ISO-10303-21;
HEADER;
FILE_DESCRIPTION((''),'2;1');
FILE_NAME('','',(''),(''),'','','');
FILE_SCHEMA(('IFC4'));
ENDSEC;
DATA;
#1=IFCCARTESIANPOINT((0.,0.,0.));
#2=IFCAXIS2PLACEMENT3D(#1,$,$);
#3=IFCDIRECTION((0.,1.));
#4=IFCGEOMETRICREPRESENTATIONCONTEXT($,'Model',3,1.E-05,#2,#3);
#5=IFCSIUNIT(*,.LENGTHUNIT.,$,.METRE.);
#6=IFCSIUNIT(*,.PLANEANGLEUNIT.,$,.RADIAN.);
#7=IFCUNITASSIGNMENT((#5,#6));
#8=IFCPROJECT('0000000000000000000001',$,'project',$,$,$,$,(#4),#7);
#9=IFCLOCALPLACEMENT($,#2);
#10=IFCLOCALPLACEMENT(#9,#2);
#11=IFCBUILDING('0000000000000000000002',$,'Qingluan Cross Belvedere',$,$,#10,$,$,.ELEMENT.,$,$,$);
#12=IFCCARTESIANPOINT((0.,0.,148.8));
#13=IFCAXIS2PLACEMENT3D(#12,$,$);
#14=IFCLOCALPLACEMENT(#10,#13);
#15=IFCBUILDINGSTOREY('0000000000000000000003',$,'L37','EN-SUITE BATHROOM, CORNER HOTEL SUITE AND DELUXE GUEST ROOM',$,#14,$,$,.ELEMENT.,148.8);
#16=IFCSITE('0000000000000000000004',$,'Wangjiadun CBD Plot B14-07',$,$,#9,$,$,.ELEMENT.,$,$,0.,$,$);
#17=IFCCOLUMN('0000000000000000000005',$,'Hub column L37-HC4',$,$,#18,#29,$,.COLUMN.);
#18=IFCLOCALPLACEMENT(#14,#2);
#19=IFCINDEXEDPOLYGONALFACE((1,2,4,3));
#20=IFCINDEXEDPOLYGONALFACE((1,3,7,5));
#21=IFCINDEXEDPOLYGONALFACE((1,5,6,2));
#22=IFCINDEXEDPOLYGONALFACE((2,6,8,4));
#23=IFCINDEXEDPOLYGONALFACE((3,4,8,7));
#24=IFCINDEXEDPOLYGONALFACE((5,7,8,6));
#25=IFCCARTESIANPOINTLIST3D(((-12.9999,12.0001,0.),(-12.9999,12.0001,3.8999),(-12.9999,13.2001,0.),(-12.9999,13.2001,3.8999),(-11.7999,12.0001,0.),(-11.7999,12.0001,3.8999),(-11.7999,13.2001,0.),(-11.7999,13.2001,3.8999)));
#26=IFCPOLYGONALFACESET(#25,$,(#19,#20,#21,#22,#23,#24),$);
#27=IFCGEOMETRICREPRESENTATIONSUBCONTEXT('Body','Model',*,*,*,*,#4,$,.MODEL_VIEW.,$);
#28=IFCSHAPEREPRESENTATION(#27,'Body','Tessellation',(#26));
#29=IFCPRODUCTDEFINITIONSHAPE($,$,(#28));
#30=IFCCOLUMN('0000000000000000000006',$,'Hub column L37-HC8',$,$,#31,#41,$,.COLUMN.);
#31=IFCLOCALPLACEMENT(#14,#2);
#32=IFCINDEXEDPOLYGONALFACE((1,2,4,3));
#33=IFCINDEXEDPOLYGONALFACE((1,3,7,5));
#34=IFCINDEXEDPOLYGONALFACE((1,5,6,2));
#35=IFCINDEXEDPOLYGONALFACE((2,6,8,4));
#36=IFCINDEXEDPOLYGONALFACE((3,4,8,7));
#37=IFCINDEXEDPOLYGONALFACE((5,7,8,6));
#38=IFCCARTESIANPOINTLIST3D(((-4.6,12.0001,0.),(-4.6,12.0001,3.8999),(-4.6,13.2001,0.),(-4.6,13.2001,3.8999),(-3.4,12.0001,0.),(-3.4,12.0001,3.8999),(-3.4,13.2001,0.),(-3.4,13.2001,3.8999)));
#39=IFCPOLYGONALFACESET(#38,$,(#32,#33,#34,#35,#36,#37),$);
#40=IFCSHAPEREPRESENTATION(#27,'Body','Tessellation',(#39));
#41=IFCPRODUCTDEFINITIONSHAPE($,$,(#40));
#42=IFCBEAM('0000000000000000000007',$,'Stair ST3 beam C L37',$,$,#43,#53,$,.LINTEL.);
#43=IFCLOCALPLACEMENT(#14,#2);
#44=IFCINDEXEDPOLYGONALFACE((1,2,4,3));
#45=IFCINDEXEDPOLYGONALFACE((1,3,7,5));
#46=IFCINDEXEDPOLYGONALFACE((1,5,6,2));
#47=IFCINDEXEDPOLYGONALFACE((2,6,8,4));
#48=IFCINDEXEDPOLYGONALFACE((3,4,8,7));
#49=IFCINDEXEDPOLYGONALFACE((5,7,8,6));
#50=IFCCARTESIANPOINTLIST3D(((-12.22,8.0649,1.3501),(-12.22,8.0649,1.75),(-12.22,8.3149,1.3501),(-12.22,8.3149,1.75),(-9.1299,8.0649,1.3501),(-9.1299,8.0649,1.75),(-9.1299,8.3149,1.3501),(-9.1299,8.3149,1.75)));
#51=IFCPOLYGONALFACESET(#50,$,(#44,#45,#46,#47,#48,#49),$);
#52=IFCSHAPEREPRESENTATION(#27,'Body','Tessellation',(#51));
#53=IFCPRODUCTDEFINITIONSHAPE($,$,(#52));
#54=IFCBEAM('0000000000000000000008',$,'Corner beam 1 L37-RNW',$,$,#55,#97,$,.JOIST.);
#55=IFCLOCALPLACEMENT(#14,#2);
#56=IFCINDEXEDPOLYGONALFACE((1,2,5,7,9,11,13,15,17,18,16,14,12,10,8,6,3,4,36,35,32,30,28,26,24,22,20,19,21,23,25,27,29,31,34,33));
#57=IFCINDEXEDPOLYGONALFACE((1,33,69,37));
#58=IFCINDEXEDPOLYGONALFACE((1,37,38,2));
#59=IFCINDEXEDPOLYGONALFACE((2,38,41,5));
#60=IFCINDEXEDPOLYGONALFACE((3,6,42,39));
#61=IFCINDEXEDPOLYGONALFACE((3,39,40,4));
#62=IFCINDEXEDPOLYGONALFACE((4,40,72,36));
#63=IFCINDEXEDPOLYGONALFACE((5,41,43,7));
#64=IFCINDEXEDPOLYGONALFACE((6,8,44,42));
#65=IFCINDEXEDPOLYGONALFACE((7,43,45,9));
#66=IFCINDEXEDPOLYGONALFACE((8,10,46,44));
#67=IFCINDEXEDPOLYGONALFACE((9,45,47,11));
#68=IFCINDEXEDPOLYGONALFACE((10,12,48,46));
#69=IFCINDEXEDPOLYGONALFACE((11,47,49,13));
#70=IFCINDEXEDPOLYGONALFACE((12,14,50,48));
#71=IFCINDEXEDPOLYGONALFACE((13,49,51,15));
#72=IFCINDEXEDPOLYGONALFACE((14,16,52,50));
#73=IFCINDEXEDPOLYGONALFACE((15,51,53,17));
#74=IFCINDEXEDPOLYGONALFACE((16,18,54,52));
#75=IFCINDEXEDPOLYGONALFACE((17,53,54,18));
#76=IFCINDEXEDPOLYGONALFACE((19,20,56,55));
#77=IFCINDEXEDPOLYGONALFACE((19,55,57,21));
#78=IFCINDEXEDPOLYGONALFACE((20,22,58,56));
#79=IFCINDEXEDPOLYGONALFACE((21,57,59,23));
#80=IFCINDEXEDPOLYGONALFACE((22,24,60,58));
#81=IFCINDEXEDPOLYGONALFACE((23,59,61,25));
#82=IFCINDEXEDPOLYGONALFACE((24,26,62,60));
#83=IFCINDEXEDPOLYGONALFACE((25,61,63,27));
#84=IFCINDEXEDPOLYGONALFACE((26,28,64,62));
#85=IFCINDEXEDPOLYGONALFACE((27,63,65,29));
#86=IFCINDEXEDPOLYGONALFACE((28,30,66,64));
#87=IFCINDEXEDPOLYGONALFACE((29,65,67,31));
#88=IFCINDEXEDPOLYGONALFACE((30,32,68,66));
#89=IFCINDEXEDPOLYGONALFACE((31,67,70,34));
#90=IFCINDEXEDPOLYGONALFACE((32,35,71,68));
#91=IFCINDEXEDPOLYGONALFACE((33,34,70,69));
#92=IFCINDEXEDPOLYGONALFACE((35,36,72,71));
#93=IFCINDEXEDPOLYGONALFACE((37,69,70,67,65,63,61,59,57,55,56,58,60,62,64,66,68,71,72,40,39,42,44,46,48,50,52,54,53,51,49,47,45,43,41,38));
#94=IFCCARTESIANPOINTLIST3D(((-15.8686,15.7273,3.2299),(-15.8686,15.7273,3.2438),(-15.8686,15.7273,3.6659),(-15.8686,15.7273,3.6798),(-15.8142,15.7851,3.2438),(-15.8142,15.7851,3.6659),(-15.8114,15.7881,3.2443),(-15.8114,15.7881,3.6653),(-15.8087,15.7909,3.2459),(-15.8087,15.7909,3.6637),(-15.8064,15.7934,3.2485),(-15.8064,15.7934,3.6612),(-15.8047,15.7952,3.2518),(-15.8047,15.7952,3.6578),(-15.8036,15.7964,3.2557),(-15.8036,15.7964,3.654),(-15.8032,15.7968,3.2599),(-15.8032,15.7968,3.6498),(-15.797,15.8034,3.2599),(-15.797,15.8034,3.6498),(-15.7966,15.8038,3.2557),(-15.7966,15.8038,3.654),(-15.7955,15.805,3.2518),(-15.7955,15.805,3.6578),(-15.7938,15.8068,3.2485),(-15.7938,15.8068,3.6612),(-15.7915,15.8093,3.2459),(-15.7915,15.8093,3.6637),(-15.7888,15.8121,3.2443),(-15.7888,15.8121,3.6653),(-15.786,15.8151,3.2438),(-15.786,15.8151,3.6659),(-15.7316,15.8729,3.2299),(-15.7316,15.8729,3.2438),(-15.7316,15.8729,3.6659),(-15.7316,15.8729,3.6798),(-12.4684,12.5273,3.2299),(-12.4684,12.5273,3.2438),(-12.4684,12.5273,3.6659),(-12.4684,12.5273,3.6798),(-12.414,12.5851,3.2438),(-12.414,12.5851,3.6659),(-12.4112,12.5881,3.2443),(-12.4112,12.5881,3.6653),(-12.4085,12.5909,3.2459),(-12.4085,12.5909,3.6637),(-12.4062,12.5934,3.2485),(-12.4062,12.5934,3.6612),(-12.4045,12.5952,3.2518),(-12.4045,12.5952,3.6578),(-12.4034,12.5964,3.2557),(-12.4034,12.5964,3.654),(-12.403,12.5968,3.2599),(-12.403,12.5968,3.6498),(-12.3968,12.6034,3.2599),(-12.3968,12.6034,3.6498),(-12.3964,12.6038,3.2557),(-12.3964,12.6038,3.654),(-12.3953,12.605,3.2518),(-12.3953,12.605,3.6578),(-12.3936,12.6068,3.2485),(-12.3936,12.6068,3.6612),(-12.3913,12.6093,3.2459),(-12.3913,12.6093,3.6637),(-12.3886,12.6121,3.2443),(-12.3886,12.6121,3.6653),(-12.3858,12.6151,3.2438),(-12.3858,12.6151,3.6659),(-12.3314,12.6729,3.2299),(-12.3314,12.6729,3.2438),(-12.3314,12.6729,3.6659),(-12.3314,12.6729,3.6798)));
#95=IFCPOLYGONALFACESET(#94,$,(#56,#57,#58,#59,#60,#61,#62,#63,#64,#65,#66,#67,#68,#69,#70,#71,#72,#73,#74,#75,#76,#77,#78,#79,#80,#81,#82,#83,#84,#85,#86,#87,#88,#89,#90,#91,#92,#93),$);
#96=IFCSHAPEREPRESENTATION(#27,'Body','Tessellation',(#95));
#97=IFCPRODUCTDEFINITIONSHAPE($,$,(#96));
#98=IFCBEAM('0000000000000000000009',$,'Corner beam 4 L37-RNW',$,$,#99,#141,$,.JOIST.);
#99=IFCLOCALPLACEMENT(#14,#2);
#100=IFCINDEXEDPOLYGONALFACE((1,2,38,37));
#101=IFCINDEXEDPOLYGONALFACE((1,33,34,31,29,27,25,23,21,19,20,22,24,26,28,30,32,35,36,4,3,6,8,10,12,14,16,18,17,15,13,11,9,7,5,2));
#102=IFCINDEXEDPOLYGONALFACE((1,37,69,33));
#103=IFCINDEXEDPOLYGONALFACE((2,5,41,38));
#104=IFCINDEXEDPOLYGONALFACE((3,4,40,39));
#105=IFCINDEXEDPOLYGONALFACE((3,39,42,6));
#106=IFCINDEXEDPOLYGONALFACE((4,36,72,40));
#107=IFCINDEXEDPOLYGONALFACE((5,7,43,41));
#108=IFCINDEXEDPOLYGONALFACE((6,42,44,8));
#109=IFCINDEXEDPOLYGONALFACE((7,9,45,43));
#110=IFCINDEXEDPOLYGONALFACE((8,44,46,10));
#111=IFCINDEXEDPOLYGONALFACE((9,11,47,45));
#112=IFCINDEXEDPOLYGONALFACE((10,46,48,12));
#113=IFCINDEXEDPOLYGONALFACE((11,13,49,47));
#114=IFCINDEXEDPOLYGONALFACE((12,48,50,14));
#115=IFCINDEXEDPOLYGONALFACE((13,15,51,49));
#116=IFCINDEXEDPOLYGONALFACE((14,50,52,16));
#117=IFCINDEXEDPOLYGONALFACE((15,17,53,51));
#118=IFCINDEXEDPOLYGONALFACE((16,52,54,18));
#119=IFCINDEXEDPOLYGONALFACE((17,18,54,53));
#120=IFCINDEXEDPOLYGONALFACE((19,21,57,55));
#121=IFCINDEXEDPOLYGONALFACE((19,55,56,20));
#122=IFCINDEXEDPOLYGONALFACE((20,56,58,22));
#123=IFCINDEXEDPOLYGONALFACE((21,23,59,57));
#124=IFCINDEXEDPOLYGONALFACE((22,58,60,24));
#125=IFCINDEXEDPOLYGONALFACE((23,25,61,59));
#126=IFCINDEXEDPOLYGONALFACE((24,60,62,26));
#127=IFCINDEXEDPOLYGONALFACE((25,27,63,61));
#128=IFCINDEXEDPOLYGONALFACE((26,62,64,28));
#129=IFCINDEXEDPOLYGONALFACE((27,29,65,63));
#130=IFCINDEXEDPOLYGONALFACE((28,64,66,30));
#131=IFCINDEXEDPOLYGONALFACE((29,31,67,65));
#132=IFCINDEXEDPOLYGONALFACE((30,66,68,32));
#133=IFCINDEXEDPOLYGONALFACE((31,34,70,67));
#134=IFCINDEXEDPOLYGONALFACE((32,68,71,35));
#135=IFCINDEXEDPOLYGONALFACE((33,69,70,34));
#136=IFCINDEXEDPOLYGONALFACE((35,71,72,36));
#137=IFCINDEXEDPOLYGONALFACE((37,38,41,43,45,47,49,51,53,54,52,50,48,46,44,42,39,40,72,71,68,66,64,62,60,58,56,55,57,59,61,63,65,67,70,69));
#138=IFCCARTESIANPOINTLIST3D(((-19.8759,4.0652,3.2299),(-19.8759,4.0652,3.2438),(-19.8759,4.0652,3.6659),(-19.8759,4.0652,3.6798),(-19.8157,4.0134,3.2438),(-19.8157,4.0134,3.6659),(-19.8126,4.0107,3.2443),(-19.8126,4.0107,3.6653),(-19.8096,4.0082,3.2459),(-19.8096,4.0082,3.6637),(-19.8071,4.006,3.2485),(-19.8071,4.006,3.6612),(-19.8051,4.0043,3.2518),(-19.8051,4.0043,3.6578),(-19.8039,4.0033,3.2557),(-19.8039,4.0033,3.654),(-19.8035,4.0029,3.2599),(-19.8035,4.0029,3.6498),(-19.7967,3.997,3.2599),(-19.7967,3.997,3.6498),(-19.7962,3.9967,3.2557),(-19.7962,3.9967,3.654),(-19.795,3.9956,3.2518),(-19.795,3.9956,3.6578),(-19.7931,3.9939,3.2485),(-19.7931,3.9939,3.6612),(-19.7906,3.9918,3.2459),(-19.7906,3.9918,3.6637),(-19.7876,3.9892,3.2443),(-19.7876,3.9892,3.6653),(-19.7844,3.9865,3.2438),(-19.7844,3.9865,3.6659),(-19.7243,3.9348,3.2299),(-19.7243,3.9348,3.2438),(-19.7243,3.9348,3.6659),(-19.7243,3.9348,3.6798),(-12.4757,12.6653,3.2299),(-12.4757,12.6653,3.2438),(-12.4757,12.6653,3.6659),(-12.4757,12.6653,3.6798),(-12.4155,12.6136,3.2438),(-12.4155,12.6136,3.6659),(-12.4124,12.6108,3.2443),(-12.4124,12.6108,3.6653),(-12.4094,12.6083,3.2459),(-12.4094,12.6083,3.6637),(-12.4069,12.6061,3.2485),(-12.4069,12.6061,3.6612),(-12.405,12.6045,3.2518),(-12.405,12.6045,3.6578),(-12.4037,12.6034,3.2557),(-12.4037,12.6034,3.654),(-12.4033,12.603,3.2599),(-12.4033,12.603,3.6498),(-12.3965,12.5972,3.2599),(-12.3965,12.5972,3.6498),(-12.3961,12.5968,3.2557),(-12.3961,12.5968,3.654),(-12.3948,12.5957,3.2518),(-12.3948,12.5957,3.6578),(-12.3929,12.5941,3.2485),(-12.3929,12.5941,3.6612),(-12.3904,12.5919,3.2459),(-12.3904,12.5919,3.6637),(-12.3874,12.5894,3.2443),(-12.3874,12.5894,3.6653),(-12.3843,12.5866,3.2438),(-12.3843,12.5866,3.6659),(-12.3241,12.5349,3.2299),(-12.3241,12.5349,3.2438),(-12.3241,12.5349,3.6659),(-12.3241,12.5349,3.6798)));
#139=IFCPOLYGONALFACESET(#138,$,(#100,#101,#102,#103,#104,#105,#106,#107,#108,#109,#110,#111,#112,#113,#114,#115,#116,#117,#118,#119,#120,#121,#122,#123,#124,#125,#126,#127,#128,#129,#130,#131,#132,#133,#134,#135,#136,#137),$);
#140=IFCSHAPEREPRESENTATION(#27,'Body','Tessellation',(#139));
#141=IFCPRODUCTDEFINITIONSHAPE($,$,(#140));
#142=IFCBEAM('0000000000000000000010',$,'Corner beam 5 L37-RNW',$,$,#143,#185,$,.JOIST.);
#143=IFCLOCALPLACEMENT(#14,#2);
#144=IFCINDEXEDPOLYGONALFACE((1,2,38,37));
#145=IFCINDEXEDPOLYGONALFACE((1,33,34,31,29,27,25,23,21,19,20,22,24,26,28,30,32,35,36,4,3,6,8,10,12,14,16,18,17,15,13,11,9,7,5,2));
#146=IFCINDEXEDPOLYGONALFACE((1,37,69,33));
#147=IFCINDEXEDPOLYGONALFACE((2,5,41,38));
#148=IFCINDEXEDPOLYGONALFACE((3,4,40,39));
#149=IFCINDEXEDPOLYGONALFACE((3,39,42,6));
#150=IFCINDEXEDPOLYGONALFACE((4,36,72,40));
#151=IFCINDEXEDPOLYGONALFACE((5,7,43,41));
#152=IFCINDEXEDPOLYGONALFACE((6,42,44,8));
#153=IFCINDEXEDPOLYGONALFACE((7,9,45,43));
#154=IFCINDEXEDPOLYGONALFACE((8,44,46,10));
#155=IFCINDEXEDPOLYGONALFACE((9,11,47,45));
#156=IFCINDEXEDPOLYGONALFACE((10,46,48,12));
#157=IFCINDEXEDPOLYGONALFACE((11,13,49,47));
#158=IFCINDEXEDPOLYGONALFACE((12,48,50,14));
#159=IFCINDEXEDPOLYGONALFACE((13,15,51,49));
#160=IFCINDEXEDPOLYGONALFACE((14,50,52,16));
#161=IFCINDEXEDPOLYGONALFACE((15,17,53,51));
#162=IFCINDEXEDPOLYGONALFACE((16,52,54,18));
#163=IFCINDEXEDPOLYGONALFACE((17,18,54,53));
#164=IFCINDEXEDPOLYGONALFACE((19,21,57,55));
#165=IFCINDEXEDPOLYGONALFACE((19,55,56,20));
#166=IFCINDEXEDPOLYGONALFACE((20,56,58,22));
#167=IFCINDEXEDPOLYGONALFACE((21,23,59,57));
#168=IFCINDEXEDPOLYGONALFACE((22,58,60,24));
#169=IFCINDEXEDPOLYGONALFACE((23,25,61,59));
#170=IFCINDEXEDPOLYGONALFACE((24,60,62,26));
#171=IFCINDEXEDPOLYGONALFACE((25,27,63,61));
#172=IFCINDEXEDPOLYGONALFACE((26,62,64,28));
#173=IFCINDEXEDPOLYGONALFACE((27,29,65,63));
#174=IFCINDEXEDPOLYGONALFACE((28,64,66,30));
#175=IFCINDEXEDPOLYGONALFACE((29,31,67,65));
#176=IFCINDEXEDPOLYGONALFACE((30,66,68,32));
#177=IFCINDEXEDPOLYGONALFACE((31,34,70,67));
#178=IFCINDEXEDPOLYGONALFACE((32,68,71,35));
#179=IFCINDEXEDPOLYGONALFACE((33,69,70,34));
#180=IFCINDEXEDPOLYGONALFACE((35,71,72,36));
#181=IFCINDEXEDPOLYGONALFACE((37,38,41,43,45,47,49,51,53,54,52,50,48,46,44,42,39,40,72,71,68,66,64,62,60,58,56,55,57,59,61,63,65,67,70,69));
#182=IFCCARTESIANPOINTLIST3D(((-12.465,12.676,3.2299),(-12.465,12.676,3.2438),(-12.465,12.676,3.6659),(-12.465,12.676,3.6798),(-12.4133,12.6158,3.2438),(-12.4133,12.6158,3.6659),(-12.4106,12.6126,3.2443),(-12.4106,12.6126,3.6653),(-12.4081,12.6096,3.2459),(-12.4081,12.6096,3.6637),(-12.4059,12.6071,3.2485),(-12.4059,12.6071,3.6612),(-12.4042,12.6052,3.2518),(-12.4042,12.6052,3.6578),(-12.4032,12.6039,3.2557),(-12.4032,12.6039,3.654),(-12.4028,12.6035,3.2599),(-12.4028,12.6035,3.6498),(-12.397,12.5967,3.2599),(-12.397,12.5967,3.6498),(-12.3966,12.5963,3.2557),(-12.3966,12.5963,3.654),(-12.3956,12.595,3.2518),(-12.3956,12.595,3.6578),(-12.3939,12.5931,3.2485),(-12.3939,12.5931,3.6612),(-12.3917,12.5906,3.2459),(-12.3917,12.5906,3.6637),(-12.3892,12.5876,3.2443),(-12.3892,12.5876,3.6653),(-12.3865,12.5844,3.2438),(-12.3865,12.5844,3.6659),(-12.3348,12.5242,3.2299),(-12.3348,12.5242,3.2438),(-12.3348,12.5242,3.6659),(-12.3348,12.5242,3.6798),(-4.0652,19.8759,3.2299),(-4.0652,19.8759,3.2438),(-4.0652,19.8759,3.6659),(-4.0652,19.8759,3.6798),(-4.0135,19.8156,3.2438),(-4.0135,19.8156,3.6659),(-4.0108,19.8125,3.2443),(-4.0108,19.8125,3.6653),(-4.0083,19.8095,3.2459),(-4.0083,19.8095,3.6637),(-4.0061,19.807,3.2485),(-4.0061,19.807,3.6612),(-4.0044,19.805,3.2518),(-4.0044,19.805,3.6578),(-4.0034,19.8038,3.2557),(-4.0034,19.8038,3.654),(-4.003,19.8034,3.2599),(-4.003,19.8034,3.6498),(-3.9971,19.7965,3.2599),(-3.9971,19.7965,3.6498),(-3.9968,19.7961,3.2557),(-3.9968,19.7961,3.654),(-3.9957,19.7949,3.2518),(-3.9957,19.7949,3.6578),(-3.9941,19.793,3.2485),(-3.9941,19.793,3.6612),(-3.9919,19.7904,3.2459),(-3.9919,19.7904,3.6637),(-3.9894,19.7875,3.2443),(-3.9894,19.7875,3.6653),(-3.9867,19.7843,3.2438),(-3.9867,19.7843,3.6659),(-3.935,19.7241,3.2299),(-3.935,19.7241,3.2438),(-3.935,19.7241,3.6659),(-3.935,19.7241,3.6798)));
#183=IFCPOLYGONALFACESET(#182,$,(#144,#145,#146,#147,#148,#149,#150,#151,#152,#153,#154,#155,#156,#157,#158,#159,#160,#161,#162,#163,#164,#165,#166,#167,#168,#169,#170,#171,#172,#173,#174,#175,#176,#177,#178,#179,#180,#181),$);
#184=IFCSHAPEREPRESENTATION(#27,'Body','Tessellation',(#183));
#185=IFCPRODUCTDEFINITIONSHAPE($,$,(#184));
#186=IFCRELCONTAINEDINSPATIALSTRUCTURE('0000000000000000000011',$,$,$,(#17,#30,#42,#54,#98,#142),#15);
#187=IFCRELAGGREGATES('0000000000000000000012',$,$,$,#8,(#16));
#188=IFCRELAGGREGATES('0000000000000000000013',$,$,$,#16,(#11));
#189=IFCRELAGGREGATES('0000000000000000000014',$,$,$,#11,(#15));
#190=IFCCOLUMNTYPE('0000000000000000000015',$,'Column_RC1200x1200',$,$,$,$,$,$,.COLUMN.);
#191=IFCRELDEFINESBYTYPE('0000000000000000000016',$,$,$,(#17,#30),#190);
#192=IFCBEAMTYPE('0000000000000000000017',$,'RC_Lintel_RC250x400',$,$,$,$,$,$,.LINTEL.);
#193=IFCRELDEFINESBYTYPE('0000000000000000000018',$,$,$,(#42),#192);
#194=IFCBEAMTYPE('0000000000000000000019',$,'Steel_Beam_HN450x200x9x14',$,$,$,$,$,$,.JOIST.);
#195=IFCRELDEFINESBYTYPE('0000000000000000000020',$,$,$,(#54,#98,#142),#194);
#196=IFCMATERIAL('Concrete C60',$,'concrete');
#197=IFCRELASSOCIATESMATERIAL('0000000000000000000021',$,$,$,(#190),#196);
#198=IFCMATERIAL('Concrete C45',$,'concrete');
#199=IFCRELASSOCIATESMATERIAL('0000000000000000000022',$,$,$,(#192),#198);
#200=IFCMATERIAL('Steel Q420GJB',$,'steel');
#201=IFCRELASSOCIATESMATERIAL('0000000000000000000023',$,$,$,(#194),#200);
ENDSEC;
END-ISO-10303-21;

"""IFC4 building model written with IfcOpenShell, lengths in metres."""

from ifc_helpers import new_model, si_unit, direction, frame, origin, origin_2d, place, context, subcontext, project, spatial, rectangle, i_section, extrude, material, material_profile, profile_set, type_object, element, save


model = new_model("IFC4")

# Units and contexts
model_context = context("Model", 3, precision=1e-05, world=origin(), true_north=direction((0.0, 1.0)))
body_context = subcontext(model_context, "Body", "Model", "MODEL_VIEW")
ifc_project = project(units=[si_unit("LENGTHUNIT", "METRE"), si_unit("PLANEANGLEUNIT", "RADIAN")], contexts=[model_context])

# Site, building, storey
site_placement = place(None, origin())
site = spatial("IfcSite", under=ifc_project, at=site_placement, Name="Wangjiadun CBD Plot B14-07", CompositionType="ELEMENT", RefElevation=0.0)
building_placement = place(site_placement, origin())
building = spatial("IfcBuilding", under=site, at=building_placement, Name="Qingluan Cross Belvedere", CompositionType="ELEMENT")
storey_placement = place(building_placement, frame((0.0, 0.0, 148.8)))
storey = spatial("IfcBuildingStorey", under=building, at=storey_placement, Name="L37", Description="EN-SUITE BATHROOM, CORNER HOTEL SUITE AND DELUXE GUEST ROOM", CompositionType="ELEMENT", Elevation=148.8)

# Columns
ifc_material_1 = material(Name="Concrete C60", Category="concrete")
ifc_material_profile_1 = material_profile(ifc_material_1, rectangle(XDim=1.2, YDim=1.2, at=origin_2d()), Name="RC1200x1200")
ifc_profile_set_1 = profile_set([ifc_material_profile_1], Name="Concrete C60")
column_type = type_object("IfcColumnType", Name="Column_RC1200x1200", PredefinedType="COLUMN", material=ifc_profile_set_1)
for number, where, z_axis, x_axis, name in (
    (1, (-12.3999, 12.6001, 0.0), (0.0, 0.0, 1.0), (1.0, 0.0, 0.0), "Hub column L37-HC4"),
    (2, (-4.0, 12.6001, 0.0), (0.0, 0.0, 1.0), (1.0, 0.0, 0.0), "Hub column L37-HC8"),
):
    element("IfcColumn", number, at=place(storey_placement, frame(where, z_axis=z_axis, x_axis=x_axis)), inside=storey, type_object=column_type, Name=name, PredefinedType="COLUMN", context=body_context, shape_type="SweptSolid", body=[
        extrude(rectangle(XDim=1.2, YDim=1.2, at=origin_2d()), origin(), (0.0, 0.0, 1.0), 3.8999),
    ])

# Beams
ifc_material_2 = material(Name="Concrete C45", Category="concrete")
ifc_material_profile_2 = material_profile(ifc_material_2, rectangle(XDim=0.25, YDim=0.3999, at=origin_2d()), Name="RC250x400")
ifc_profile_set_2 = profile_set([ifc_material_profile_2], Name="Concrete C45")
beam_type_1 = type_object("IfcBeamType", Name="RC_Lintel_RC250x400", PredefinedType="LINTEL", material=ifc_profile_set_2)
beam_1_placement = place(storey_placement, frame((-12.22, 8.1899, 1.55), z_axis=(1.0, 0.0, 0.0), x_axis=(0.0, 1.0, 0.0)))
element("IfcBeam", 3, at=beam_1_placement, inside=storey, type_object=beam_type_1, Name="Stair ST3 beam C L37", PredefinedType="LINTEL", context=body_context, shape_type="SweptSolid", body=[
    extrude(rectangle(XDim=0.25, YDim=0.3999, at=origin_2d()), origin(), (0.0, 0.0, 1.0), 3.0901),
])
ifc_material_3 = material(Name="Steel Q420GJB", Category="steel")
ifc_material_profile_3 = material_profile(ifc_material_3, i_section(OverallWidth=0.2, OverallDepth=0.45, WebThickness=0.009, FlangeThickness=0.0139, FilletRadius=0.0161, at=origin_2d()), Name="HN450x200x9x14")
ifc_profile_set_3 = profile_set([ifc_material_profile_3], Name="Steel Q420GJB")
beam_type_2 = type_object("IfcBeamType", Name="Steel_Beam_HN450x200x9x14", PredefinedType="JOIST", material=ifc_profile_set_3)
beam_2_placement = place(storey_placement, frame((-12.3999, 12.6001, 3.4548), z_axis=(-0.72822, 0.685343, 0.0), x_axis=(-0.685343, -0.72822, 0.0)))
element("IfcBeam", 4, at=beam_2_placement, inside=storey, type_object=beam_type_2, Name="Corner beam 1 L37-RNW", PredefinedType="JOIST", context=body_context, shape_type="SweptSolid", body=[
    extrude(i_section(OverallWidth=0.2, OverallDepth=0.45, WebThickness=0.009, FlangeThickness=0.0139, FilletRadius=0.0161, at=origin_2d()), origin(), (0.0, 0.0, 1.0), 4.6692),
])
beam_3_placement = place(storey_placement, frame((-12.3999, 12.6001, 3.4548), z_axis=(-0.652245, -0.758008, 0.0), x_axis=(0.758008, -0.652245, 0.0)))
element("IfcBeam", 5, at=beam_3_placement, inside=storey, type_object=beam_type_2, Name="Corner beam 4 L37-RNW", PredefinedType="JOIST", context=body_context, shape_type="SweptSolid", body=[
    extrude(i_section(OverallWidth=0.2, OverallDepth=0.45, WebThickness=0.009, FlangeThickness=0.0139, FilletRadius=0.0161, at=origin_2d()), origin(), (0.0, 0.0, 1.0), 11.3457),
])
beam_4_placement = place(storey_placement, frame((-12.3999, 12.6001, 3.4548), z_axis=(0.759255, 0.650793, 0.0), x_axis=(-0.650793, 0.759255, 0.0)))
element("IfcBeam", 6, at=beam_4_placement, inside=storey, type_object=beam_type_2, Name="Corner beam 5 L37-RNW", PredefinedType="JOIST", context=body_context, shape_type="SweptSolid", body=[
    extrude(i_section(OverallWidth=0.2, OverallDepth=0.45, WebThickness=0.009, FlangeThickness=0.0139, FilletRadius=0.0161, at=origin_2d()), origin(), (0.0, 0.0, 1.0), 11.0632),
])

save(model, "model.ifc")
